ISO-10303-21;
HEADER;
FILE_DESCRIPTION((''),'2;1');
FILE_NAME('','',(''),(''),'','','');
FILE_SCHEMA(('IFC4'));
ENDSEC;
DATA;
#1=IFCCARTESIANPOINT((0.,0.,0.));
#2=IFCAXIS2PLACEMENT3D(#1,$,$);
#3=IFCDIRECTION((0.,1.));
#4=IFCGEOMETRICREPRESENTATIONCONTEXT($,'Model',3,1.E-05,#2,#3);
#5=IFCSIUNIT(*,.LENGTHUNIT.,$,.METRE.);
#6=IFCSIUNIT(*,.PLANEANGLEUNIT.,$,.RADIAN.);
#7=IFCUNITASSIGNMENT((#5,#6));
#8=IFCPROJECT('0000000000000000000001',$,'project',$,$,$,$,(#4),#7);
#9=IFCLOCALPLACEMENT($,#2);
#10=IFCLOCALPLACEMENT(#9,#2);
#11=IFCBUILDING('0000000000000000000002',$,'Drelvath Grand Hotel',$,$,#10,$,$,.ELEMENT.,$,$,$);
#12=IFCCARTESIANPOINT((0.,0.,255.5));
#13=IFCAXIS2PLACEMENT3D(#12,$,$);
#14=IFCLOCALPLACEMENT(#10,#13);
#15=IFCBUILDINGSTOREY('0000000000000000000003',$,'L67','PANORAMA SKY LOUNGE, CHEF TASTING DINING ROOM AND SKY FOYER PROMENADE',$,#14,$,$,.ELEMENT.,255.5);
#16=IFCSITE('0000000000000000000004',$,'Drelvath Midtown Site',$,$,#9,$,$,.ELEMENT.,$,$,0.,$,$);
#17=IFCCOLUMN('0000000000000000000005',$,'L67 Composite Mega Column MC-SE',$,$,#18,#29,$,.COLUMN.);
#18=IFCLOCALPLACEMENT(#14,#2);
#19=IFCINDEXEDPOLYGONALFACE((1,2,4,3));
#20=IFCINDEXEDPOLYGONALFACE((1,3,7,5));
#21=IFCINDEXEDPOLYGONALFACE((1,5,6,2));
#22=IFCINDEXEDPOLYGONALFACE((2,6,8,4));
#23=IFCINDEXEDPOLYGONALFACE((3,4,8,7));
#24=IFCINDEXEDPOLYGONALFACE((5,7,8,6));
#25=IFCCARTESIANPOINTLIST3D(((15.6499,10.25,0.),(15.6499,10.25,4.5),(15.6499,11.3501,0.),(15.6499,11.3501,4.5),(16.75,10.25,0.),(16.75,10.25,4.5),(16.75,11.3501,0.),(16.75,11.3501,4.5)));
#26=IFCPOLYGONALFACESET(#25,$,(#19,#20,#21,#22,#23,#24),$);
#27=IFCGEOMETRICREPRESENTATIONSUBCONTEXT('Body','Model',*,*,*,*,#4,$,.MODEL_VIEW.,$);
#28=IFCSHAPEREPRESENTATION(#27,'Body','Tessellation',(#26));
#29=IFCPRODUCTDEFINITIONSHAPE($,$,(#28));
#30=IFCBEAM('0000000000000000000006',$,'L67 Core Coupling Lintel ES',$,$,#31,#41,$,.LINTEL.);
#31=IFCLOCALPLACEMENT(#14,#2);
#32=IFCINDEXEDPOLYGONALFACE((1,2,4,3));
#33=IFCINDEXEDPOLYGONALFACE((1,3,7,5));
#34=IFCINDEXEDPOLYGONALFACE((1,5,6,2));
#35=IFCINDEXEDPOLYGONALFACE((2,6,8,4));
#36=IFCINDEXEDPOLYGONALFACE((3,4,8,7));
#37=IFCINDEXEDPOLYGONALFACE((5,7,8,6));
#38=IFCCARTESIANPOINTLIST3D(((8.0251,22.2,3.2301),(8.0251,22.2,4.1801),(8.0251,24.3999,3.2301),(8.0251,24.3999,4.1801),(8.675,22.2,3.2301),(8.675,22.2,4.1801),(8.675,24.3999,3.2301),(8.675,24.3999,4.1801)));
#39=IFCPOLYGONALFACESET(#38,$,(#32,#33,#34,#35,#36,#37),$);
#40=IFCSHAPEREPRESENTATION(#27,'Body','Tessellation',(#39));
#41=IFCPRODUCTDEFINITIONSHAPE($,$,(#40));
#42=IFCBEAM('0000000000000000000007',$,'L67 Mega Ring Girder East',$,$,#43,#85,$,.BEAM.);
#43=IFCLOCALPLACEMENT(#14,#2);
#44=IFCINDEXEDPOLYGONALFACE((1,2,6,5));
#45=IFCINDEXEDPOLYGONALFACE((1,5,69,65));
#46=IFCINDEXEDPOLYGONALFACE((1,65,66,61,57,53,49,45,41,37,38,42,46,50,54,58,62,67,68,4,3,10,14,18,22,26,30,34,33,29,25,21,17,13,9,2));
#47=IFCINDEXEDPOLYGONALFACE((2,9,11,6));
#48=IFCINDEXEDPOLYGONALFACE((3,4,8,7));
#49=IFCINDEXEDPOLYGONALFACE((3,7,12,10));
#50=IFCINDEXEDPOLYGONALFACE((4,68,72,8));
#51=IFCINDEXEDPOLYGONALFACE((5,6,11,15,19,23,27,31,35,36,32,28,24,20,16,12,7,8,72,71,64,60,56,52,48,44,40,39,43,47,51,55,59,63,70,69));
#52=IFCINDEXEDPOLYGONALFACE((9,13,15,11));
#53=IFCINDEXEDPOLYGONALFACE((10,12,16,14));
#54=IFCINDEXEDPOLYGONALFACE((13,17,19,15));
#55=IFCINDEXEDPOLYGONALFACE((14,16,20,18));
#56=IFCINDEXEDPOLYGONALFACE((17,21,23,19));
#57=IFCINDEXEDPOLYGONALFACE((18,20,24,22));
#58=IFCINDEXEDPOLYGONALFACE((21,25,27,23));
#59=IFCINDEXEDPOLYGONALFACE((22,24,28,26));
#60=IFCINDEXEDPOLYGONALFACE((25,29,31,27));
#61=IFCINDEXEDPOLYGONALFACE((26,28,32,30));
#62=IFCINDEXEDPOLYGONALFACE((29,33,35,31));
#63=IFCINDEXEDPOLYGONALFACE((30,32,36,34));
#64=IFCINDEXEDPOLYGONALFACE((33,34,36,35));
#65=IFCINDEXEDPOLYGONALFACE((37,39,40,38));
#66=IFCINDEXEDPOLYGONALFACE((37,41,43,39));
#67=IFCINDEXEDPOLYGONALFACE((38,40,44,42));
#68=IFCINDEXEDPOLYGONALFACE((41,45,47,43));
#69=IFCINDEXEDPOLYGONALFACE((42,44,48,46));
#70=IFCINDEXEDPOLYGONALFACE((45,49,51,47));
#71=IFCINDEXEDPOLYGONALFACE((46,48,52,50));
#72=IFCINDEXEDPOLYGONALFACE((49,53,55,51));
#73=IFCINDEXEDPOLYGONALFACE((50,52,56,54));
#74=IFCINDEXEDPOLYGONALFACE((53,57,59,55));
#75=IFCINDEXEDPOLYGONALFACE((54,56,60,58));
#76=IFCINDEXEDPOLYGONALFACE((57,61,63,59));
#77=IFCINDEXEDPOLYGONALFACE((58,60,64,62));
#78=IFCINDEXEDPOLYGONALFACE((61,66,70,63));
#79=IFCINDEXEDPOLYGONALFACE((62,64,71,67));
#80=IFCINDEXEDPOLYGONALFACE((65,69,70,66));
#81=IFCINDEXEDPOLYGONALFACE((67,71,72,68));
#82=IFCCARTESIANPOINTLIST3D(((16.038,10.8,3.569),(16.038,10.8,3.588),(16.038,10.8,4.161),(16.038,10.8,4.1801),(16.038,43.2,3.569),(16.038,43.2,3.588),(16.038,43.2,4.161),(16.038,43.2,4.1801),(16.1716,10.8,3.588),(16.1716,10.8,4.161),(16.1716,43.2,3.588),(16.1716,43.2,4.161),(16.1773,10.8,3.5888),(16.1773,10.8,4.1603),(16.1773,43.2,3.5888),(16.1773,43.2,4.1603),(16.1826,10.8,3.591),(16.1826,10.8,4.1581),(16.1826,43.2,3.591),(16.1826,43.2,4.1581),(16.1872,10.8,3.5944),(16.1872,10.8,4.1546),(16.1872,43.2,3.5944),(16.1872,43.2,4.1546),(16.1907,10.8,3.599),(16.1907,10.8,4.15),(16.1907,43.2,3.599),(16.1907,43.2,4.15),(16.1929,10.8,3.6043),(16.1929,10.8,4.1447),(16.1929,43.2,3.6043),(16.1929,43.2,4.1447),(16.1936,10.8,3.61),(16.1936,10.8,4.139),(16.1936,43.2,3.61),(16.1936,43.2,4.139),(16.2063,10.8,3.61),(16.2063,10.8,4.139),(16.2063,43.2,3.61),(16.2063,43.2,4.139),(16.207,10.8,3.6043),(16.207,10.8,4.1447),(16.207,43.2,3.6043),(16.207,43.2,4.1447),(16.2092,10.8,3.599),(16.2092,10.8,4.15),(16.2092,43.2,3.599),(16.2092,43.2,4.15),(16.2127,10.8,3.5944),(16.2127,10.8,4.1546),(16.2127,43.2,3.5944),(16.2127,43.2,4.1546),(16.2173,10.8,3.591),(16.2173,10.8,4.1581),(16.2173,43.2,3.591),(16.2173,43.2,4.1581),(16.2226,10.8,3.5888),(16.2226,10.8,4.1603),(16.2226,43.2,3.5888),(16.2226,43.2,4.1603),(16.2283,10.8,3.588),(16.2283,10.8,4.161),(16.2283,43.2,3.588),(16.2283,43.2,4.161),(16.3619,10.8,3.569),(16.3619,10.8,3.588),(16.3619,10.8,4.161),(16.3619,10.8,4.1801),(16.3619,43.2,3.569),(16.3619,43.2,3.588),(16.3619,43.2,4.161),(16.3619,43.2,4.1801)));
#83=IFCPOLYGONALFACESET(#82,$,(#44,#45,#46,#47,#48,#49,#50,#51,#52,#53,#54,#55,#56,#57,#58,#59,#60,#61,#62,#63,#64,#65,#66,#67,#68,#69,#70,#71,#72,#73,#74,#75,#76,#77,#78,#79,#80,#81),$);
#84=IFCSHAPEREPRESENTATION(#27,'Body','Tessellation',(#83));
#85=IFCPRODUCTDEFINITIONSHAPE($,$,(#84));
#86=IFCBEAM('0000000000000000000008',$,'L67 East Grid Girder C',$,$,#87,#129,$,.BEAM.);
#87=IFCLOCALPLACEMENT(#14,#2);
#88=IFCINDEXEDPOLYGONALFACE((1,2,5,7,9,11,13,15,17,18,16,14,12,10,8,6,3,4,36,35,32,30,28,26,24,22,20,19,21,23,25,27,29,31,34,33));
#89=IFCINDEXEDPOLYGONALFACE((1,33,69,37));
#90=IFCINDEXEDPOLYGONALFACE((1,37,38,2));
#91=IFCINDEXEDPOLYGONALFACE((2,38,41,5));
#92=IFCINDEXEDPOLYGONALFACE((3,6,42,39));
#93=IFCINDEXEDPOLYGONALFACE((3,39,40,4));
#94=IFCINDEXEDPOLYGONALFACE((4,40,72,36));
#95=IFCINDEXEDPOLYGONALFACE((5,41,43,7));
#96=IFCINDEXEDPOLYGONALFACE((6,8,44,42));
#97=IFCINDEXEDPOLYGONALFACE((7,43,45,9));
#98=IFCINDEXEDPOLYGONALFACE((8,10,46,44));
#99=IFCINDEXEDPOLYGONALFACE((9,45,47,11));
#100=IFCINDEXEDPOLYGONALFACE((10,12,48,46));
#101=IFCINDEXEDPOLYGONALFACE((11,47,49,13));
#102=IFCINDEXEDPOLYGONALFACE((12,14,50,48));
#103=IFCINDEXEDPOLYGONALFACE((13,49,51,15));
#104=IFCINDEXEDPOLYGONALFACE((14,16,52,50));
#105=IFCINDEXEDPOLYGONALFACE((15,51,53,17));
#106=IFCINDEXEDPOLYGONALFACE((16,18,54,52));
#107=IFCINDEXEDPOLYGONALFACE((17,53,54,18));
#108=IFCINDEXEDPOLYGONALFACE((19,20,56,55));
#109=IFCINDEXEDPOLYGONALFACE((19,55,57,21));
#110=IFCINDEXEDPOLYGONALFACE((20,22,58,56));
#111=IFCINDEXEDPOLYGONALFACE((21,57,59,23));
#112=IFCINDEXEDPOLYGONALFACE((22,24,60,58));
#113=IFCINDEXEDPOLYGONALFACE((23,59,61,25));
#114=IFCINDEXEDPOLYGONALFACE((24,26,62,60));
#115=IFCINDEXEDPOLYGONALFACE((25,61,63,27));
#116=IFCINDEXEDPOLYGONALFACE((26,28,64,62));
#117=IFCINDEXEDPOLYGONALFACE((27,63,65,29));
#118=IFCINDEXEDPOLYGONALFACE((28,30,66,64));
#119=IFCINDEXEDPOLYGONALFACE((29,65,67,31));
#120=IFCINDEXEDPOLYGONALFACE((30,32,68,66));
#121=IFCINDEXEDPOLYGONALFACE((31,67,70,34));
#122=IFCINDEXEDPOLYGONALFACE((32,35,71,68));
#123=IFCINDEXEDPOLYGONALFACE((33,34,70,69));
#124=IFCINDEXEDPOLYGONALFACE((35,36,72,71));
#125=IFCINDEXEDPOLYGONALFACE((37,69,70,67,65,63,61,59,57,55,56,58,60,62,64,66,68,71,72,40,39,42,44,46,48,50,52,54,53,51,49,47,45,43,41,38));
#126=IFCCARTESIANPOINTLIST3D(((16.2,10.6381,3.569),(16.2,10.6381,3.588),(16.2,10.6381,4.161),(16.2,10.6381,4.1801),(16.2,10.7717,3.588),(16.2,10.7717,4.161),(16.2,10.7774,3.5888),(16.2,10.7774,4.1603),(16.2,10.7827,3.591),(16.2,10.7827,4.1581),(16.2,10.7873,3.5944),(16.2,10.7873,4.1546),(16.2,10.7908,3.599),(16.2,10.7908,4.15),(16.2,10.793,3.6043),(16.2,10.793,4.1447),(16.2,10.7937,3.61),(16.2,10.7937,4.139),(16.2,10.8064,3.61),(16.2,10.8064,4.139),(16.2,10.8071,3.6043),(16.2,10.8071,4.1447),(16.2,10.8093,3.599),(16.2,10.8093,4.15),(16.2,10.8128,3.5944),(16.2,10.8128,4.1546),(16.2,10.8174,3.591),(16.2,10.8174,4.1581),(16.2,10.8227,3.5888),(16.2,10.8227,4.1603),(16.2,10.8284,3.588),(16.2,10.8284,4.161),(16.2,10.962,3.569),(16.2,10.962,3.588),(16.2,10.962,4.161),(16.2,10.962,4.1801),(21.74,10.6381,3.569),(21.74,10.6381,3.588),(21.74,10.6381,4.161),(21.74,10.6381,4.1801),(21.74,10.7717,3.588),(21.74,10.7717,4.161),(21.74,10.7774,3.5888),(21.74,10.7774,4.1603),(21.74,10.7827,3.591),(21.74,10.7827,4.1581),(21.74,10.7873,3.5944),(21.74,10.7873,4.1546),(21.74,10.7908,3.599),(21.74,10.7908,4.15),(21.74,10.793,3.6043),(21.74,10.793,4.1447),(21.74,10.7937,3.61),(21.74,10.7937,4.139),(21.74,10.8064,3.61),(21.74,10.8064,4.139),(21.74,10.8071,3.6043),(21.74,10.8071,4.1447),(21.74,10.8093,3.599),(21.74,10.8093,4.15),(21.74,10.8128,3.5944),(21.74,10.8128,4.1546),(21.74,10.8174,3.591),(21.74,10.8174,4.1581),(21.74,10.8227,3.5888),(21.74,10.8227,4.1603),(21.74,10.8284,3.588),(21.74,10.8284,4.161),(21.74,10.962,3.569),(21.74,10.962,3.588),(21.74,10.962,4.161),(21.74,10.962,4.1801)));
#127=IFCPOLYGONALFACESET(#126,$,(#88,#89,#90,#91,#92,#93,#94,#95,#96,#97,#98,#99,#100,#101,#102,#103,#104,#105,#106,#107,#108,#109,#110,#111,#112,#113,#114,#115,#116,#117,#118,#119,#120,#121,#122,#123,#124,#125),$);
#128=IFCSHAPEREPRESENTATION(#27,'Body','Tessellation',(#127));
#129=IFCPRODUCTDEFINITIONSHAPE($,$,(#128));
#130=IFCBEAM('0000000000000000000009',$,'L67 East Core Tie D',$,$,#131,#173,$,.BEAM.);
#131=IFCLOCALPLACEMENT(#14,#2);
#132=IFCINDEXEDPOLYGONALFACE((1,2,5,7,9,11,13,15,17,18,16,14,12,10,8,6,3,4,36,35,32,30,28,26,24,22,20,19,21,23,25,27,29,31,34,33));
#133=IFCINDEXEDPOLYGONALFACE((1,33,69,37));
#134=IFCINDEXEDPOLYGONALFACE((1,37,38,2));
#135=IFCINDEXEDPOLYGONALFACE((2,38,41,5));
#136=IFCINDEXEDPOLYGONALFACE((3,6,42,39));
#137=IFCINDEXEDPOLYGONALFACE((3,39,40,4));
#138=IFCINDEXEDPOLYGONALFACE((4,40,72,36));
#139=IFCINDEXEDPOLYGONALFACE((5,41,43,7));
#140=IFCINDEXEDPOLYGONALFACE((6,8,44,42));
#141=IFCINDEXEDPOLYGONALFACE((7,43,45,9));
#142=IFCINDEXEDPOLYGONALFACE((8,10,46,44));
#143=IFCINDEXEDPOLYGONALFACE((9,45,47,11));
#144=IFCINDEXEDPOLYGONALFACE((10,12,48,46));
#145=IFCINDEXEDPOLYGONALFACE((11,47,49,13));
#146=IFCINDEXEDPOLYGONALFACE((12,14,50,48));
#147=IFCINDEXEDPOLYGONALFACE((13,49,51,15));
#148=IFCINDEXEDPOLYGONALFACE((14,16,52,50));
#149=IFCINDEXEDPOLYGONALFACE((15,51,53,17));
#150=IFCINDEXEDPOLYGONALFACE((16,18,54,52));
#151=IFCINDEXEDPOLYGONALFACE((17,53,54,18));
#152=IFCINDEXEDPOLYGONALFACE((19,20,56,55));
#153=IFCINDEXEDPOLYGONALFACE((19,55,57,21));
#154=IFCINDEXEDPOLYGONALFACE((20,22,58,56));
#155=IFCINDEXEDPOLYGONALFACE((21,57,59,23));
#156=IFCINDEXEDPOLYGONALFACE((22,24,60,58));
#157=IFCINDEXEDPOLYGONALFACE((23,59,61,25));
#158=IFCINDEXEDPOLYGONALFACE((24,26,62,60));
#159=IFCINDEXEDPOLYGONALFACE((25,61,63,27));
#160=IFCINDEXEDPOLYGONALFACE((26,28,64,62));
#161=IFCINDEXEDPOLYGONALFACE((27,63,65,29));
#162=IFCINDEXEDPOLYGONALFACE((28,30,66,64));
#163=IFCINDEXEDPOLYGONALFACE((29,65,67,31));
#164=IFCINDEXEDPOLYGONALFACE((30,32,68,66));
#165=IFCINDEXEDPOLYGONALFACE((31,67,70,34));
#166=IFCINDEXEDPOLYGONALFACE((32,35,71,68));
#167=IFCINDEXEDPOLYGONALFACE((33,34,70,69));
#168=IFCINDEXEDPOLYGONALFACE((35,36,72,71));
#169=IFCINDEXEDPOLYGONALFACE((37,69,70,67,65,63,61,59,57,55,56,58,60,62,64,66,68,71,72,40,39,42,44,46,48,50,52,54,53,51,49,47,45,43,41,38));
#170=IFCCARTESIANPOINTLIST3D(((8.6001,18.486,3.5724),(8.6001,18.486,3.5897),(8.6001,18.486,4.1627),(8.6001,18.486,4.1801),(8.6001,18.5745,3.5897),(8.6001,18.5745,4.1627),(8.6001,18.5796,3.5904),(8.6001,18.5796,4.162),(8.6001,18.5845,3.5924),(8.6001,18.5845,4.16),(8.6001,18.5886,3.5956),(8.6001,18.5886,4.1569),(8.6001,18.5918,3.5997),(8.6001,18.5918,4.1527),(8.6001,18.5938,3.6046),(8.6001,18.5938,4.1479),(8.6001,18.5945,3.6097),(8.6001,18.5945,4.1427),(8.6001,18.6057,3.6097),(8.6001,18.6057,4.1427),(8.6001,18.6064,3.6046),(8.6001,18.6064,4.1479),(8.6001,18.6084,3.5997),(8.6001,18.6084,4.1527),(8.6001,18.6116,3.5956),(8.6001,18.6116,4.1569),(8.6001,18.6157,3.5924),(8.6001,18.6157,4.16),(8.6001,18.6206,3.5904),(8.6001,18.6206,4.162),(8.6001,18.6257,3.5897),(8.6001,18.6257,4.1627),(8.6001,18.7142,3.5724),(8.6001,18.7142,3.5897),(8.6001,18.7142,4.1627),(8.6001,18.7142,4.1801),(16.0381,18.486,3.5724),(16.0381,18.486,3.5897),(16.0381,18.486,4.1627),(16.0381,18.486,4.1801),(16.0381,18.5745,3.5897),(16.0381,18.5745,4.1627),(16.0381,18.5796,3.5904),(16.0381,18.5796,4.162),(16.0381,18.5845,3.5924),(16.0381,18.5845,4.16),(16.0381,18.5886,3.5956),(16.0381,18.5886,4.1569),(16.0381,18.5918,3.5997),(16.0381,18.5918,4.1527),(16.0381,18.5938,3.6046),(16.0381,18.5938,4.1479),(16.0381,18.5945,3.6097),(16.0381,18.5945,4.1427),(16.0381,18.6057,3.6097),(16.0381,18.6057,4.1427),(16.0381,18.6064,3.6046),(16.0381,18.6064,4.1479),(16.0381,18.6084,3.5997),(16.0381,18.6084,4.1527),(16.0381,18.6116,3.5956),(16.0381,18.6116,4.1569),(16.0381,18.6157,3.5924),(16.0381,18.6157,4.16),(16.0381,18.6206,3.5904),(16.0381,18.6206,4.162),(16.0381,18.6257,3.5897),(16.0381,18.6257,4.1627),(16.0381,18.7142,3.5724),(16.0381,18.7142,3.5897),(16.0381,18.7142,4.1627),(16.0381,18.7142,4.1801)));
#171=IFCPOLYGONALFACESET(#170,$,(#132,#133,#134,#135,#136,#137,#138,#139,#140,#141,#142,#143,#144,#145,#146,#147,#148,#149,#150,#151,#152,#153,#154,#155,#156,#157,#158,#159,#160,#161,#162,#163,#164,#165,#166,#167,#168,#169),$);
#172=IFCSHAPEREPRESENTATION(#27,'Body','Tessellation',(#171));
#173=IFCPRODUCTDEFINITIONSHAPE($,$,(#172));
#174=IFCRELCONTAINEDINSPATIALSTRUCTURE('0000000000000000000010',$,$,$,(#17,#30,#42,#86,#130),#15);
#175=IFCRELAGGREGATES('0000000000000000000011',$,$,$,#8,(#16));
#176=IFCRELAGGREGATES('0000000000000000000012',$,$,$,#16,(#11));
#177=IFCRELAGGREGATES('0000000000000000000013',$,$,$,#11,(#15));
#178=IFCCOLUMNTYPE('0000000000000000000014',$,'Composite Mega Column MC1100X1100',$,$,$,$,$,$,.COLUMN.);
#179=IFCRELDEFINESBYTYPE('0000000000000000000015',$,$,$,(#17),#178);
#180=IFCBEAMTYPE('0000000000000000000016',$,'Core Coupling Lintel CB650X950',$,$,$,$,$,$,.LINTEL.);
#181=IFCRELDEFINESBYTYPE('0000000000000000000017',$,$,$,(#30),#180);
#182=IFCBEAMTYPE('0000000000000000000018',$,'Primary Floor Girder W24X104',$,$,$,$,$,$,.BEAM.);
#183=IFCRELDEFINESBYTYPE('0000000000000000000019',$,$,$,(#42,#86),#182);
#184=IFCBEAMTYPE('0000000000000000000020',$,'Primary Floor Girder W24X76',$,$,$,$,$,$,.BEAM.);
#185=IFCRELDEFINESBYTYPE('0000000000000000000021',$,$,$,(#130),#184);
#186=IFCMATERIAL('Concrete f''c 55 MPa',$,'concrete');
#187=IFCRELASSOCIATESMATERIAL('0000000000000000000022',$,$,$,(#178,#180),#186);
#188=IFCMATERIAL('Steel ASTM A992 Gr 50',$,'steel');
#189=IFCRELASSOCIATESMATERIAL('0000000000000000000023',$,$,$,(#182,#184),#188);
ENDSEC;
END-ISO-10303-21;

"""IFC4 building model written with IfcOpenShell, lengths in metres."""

from ifc_helpers import new_model, si_unit, direction, frame, origin, origin_2d, place, context, subcontext, project, spatial, rectangle, i_section, extrude, material, material_profile, profile_set, type_object, element, save


model = new_model("IFC4")

# Units and contexts
model_context = context("Model", 3, precision=1e-05, world=origin(), true_north=direction((0.0, 1.0)))
body_context = subcontext(model_context, "Body", "Model", "MODEL_VIEW")
ifc_project = project(units=[si_unit("LENGTHUNIT", "METRE"), si_unit("PLANEANGLEUNIT", "RADIAN")], contexts=[model_context])

# Site, building, storey
site_placement = place(None, origin())
site = spatial("IfcSite", under=ifc_project, at=site_placement, Name="Drelvath Midtown Site", CompositionType="ELEMENT", RefElevation=0.0)
building_placement = place(site_placement, origin())
building = spatial("IfcBuilding", under=site, at=building_placement, Name="Drelvath Grand Hotel", CompositionType="ELEMENT")
storey_placement = place(building_placement, frame((0.0, 0.0, 255.5)))
storey = spatial("IfcBuildingStorey", under=building, at=storey_placement, Name="L67", Description="PANORAMA SKY LOUNGE, CHEF TASTING DINING ROOM AND SKY FOYER PROMENADE", CompositionType="ELEMENT", Elevation=255.5)

# Column
ifc_material_1 = material(Name="Concrete f'c 55 MPa", Category="concrete")
ifc_material_profile_1 = material_profile(ifc_material_1, rectangle(XDim=1.1001, YDim=1.1001, at=origin_2d()), Name="MC1100X1100")
ifc_profile_set_1 = profile_set([ifc_material_profile_1], Name="Concrete f'c 55 MPa")
column_type = type_object("IfcColumnType", Name="Composite Mega Column MC1100X1100", PredefinedType="COLUMN", material=ifc_profile_set_1)
column_placement = place(storey_placement, frame((16.2, 10.8, 0.0), z_axis=(0.0, 0.0, 1.0), x_axis=(1.0, 0.0, 0.0)))
element("IfcColumn", 1, at=column_placement, inside=storey, type_object=column_type, Name="L67 Composite Mega Column MC-SE", PredefinedType="COLUMN", context=body_context, shape_type="SweptSolid", body=[
    extrude(rectangle(XDim=1.1001, YDim=1.1001, at=origin_2d()), origin(), (0.0, 0.0, 1.0), 4.5),
])

# Beams
ifc_material_profile_2 = material_profile(ifc_material_1, rectangle(XDim=0.6499, YDim=0.95, at=origin_2d()), Name="CB650X950")
ifc_profile_set_2 = profile_set([ifc_material_profile_2], Name="Concrete f'c 55 MPa")
beam_type_1 = type_object("IfcBeamType", Name="Core Coupling Lintel CB650X950", PredefinedType="LINTEL", material=ifc_profile_set_2)
beam_1_placement = place(storey_placement, frame((8.3501, 22.2, 3.7051), z_axis=(0.0, 1.0, 0.0), x_axis=(-1.0, 0.0, 0.0)))
element("IfcBeam", 2, at=beam_1_placement, inside=storey, type_object=beam_type_1, Name="L67 Core Coupling Lintel ES", PredefinedType="LINTEL", context=body_context, shape_type="SweptSolid", body=[
    extrude(rectangle(XDim=0.6499, YDim=0.95, at=origin_2d()), origin(), (0.0, 0.0, 1.0), 2.2),
])
ifc_material_2 = material(Name="Steel ASTM A992 Gr 50", Category="steel")
ifc_material_profile_3 = material_profile(ifc_material_2, i_section(OverallWidth=0.324, OverallDepth=0.6111, WebThickness=0.0127, FlangeThickness=0.019, FilletRadius=0.022, at=origin_2d()), Name="W24X104")
ifc_profile_set_3 = profile_set([ifc_material_profile_3], Name="Steel ASTM A992 Gr 50")
beam_type_2 = type_object("IfcBeamType", Name="Primary Floor Girder W24X104", PredefinedType="BEAM", material=ifc_profile_set_3)
beam_2_placement = place(storey_placement, frame((16.2, 10.8, 3.8745), z_axis=(0.0, 1.0, 0.0), x_axis=(-1.0, 0.0, 0.0)))
element("IfcBeam", 3, at=beam_2_placement, inside=storey, type_object=beam_type_2, Name="L67 Mega Ring Girder East", PredefinedType="BEAM", context=body_context, shape_type="SweptSolid", body=[
    extrude(i_section(OverallWidth=0.324, OverallDepth=0.6111, WebThickness=0.0127, FlangeThickness=0.019, FilletRadius=0.022, at=origin_2d()), origin(), (0.0, 0.0, 1.0), 32.3999),
])
beam_3_placement = place(storey_placement, frame((16.2, 10.8, 3.8745), z_axis=(1.0, 0.0, 0.0), x_axis=(0.0, 1.0, 0.0)))
element("IfcBeam", 4, at=beam_3_placement, inside=storey, type_object=beam_type_2, Name="L67 East Grid Girder C", PredefinedType="BEAM", context=body_context, shape_type="SweptSolid", body=[
    extrude(i_section(OverallWidth=0.324, OverallDepth=0.6111, WebThickness=0.0127, FlangeThickness=0.019, FilletRadius=0.022, at=origin_2d()), origin(), (0.0, 0.0, 1.0), 5.54),
])
ifc_material_profile_4 = material_profile(ifc_material_2, i_section(OverallWidth=0.2283, OverallDepth=0.6077, WebThickness=0.0112, FlangeThickness=0.0173, FilletRadius=0.02, at=origin_2d()), Name="W24X76")
ifc_profile_set_4 = profile_set([ifc_material_profile_4], Name="Steel ASTM A992 Gr 50")
beam_type_3 = type_object("IfcBeamType", Name="Primary Floor Girder W24X76", PredefinedType="BEAM", material=ifc_profile_set_4)
for number, where, z_axis, x_axis, name in (
    (5, (8.6001, 18.6001, 3.8762), (1.0, 0.0, 0.0), (0.0, 1.0, 0.0), "L67 East Core Tie D"),
):
    element("IfcBeam", number, at=place(storey_placement, frame(where, z_axis=z_axis, x_axis=x_axis)), inside=storey, type_object=beam_type_3, Name=name, PredefinedType="BEAM", context=body_context, shape_type="SweptSolid", body=[
        extrude(i_section(OverallWidth=0.2283, OverallDepth=0.6077, WebThickness=0.0112, FlangeThickness=0.0173, FilletRadius=0.02, at=origin_2d()), origin(), (0.0, 0.0, 1.0), 7.438),
    ])

save(model, "model.ifc")
